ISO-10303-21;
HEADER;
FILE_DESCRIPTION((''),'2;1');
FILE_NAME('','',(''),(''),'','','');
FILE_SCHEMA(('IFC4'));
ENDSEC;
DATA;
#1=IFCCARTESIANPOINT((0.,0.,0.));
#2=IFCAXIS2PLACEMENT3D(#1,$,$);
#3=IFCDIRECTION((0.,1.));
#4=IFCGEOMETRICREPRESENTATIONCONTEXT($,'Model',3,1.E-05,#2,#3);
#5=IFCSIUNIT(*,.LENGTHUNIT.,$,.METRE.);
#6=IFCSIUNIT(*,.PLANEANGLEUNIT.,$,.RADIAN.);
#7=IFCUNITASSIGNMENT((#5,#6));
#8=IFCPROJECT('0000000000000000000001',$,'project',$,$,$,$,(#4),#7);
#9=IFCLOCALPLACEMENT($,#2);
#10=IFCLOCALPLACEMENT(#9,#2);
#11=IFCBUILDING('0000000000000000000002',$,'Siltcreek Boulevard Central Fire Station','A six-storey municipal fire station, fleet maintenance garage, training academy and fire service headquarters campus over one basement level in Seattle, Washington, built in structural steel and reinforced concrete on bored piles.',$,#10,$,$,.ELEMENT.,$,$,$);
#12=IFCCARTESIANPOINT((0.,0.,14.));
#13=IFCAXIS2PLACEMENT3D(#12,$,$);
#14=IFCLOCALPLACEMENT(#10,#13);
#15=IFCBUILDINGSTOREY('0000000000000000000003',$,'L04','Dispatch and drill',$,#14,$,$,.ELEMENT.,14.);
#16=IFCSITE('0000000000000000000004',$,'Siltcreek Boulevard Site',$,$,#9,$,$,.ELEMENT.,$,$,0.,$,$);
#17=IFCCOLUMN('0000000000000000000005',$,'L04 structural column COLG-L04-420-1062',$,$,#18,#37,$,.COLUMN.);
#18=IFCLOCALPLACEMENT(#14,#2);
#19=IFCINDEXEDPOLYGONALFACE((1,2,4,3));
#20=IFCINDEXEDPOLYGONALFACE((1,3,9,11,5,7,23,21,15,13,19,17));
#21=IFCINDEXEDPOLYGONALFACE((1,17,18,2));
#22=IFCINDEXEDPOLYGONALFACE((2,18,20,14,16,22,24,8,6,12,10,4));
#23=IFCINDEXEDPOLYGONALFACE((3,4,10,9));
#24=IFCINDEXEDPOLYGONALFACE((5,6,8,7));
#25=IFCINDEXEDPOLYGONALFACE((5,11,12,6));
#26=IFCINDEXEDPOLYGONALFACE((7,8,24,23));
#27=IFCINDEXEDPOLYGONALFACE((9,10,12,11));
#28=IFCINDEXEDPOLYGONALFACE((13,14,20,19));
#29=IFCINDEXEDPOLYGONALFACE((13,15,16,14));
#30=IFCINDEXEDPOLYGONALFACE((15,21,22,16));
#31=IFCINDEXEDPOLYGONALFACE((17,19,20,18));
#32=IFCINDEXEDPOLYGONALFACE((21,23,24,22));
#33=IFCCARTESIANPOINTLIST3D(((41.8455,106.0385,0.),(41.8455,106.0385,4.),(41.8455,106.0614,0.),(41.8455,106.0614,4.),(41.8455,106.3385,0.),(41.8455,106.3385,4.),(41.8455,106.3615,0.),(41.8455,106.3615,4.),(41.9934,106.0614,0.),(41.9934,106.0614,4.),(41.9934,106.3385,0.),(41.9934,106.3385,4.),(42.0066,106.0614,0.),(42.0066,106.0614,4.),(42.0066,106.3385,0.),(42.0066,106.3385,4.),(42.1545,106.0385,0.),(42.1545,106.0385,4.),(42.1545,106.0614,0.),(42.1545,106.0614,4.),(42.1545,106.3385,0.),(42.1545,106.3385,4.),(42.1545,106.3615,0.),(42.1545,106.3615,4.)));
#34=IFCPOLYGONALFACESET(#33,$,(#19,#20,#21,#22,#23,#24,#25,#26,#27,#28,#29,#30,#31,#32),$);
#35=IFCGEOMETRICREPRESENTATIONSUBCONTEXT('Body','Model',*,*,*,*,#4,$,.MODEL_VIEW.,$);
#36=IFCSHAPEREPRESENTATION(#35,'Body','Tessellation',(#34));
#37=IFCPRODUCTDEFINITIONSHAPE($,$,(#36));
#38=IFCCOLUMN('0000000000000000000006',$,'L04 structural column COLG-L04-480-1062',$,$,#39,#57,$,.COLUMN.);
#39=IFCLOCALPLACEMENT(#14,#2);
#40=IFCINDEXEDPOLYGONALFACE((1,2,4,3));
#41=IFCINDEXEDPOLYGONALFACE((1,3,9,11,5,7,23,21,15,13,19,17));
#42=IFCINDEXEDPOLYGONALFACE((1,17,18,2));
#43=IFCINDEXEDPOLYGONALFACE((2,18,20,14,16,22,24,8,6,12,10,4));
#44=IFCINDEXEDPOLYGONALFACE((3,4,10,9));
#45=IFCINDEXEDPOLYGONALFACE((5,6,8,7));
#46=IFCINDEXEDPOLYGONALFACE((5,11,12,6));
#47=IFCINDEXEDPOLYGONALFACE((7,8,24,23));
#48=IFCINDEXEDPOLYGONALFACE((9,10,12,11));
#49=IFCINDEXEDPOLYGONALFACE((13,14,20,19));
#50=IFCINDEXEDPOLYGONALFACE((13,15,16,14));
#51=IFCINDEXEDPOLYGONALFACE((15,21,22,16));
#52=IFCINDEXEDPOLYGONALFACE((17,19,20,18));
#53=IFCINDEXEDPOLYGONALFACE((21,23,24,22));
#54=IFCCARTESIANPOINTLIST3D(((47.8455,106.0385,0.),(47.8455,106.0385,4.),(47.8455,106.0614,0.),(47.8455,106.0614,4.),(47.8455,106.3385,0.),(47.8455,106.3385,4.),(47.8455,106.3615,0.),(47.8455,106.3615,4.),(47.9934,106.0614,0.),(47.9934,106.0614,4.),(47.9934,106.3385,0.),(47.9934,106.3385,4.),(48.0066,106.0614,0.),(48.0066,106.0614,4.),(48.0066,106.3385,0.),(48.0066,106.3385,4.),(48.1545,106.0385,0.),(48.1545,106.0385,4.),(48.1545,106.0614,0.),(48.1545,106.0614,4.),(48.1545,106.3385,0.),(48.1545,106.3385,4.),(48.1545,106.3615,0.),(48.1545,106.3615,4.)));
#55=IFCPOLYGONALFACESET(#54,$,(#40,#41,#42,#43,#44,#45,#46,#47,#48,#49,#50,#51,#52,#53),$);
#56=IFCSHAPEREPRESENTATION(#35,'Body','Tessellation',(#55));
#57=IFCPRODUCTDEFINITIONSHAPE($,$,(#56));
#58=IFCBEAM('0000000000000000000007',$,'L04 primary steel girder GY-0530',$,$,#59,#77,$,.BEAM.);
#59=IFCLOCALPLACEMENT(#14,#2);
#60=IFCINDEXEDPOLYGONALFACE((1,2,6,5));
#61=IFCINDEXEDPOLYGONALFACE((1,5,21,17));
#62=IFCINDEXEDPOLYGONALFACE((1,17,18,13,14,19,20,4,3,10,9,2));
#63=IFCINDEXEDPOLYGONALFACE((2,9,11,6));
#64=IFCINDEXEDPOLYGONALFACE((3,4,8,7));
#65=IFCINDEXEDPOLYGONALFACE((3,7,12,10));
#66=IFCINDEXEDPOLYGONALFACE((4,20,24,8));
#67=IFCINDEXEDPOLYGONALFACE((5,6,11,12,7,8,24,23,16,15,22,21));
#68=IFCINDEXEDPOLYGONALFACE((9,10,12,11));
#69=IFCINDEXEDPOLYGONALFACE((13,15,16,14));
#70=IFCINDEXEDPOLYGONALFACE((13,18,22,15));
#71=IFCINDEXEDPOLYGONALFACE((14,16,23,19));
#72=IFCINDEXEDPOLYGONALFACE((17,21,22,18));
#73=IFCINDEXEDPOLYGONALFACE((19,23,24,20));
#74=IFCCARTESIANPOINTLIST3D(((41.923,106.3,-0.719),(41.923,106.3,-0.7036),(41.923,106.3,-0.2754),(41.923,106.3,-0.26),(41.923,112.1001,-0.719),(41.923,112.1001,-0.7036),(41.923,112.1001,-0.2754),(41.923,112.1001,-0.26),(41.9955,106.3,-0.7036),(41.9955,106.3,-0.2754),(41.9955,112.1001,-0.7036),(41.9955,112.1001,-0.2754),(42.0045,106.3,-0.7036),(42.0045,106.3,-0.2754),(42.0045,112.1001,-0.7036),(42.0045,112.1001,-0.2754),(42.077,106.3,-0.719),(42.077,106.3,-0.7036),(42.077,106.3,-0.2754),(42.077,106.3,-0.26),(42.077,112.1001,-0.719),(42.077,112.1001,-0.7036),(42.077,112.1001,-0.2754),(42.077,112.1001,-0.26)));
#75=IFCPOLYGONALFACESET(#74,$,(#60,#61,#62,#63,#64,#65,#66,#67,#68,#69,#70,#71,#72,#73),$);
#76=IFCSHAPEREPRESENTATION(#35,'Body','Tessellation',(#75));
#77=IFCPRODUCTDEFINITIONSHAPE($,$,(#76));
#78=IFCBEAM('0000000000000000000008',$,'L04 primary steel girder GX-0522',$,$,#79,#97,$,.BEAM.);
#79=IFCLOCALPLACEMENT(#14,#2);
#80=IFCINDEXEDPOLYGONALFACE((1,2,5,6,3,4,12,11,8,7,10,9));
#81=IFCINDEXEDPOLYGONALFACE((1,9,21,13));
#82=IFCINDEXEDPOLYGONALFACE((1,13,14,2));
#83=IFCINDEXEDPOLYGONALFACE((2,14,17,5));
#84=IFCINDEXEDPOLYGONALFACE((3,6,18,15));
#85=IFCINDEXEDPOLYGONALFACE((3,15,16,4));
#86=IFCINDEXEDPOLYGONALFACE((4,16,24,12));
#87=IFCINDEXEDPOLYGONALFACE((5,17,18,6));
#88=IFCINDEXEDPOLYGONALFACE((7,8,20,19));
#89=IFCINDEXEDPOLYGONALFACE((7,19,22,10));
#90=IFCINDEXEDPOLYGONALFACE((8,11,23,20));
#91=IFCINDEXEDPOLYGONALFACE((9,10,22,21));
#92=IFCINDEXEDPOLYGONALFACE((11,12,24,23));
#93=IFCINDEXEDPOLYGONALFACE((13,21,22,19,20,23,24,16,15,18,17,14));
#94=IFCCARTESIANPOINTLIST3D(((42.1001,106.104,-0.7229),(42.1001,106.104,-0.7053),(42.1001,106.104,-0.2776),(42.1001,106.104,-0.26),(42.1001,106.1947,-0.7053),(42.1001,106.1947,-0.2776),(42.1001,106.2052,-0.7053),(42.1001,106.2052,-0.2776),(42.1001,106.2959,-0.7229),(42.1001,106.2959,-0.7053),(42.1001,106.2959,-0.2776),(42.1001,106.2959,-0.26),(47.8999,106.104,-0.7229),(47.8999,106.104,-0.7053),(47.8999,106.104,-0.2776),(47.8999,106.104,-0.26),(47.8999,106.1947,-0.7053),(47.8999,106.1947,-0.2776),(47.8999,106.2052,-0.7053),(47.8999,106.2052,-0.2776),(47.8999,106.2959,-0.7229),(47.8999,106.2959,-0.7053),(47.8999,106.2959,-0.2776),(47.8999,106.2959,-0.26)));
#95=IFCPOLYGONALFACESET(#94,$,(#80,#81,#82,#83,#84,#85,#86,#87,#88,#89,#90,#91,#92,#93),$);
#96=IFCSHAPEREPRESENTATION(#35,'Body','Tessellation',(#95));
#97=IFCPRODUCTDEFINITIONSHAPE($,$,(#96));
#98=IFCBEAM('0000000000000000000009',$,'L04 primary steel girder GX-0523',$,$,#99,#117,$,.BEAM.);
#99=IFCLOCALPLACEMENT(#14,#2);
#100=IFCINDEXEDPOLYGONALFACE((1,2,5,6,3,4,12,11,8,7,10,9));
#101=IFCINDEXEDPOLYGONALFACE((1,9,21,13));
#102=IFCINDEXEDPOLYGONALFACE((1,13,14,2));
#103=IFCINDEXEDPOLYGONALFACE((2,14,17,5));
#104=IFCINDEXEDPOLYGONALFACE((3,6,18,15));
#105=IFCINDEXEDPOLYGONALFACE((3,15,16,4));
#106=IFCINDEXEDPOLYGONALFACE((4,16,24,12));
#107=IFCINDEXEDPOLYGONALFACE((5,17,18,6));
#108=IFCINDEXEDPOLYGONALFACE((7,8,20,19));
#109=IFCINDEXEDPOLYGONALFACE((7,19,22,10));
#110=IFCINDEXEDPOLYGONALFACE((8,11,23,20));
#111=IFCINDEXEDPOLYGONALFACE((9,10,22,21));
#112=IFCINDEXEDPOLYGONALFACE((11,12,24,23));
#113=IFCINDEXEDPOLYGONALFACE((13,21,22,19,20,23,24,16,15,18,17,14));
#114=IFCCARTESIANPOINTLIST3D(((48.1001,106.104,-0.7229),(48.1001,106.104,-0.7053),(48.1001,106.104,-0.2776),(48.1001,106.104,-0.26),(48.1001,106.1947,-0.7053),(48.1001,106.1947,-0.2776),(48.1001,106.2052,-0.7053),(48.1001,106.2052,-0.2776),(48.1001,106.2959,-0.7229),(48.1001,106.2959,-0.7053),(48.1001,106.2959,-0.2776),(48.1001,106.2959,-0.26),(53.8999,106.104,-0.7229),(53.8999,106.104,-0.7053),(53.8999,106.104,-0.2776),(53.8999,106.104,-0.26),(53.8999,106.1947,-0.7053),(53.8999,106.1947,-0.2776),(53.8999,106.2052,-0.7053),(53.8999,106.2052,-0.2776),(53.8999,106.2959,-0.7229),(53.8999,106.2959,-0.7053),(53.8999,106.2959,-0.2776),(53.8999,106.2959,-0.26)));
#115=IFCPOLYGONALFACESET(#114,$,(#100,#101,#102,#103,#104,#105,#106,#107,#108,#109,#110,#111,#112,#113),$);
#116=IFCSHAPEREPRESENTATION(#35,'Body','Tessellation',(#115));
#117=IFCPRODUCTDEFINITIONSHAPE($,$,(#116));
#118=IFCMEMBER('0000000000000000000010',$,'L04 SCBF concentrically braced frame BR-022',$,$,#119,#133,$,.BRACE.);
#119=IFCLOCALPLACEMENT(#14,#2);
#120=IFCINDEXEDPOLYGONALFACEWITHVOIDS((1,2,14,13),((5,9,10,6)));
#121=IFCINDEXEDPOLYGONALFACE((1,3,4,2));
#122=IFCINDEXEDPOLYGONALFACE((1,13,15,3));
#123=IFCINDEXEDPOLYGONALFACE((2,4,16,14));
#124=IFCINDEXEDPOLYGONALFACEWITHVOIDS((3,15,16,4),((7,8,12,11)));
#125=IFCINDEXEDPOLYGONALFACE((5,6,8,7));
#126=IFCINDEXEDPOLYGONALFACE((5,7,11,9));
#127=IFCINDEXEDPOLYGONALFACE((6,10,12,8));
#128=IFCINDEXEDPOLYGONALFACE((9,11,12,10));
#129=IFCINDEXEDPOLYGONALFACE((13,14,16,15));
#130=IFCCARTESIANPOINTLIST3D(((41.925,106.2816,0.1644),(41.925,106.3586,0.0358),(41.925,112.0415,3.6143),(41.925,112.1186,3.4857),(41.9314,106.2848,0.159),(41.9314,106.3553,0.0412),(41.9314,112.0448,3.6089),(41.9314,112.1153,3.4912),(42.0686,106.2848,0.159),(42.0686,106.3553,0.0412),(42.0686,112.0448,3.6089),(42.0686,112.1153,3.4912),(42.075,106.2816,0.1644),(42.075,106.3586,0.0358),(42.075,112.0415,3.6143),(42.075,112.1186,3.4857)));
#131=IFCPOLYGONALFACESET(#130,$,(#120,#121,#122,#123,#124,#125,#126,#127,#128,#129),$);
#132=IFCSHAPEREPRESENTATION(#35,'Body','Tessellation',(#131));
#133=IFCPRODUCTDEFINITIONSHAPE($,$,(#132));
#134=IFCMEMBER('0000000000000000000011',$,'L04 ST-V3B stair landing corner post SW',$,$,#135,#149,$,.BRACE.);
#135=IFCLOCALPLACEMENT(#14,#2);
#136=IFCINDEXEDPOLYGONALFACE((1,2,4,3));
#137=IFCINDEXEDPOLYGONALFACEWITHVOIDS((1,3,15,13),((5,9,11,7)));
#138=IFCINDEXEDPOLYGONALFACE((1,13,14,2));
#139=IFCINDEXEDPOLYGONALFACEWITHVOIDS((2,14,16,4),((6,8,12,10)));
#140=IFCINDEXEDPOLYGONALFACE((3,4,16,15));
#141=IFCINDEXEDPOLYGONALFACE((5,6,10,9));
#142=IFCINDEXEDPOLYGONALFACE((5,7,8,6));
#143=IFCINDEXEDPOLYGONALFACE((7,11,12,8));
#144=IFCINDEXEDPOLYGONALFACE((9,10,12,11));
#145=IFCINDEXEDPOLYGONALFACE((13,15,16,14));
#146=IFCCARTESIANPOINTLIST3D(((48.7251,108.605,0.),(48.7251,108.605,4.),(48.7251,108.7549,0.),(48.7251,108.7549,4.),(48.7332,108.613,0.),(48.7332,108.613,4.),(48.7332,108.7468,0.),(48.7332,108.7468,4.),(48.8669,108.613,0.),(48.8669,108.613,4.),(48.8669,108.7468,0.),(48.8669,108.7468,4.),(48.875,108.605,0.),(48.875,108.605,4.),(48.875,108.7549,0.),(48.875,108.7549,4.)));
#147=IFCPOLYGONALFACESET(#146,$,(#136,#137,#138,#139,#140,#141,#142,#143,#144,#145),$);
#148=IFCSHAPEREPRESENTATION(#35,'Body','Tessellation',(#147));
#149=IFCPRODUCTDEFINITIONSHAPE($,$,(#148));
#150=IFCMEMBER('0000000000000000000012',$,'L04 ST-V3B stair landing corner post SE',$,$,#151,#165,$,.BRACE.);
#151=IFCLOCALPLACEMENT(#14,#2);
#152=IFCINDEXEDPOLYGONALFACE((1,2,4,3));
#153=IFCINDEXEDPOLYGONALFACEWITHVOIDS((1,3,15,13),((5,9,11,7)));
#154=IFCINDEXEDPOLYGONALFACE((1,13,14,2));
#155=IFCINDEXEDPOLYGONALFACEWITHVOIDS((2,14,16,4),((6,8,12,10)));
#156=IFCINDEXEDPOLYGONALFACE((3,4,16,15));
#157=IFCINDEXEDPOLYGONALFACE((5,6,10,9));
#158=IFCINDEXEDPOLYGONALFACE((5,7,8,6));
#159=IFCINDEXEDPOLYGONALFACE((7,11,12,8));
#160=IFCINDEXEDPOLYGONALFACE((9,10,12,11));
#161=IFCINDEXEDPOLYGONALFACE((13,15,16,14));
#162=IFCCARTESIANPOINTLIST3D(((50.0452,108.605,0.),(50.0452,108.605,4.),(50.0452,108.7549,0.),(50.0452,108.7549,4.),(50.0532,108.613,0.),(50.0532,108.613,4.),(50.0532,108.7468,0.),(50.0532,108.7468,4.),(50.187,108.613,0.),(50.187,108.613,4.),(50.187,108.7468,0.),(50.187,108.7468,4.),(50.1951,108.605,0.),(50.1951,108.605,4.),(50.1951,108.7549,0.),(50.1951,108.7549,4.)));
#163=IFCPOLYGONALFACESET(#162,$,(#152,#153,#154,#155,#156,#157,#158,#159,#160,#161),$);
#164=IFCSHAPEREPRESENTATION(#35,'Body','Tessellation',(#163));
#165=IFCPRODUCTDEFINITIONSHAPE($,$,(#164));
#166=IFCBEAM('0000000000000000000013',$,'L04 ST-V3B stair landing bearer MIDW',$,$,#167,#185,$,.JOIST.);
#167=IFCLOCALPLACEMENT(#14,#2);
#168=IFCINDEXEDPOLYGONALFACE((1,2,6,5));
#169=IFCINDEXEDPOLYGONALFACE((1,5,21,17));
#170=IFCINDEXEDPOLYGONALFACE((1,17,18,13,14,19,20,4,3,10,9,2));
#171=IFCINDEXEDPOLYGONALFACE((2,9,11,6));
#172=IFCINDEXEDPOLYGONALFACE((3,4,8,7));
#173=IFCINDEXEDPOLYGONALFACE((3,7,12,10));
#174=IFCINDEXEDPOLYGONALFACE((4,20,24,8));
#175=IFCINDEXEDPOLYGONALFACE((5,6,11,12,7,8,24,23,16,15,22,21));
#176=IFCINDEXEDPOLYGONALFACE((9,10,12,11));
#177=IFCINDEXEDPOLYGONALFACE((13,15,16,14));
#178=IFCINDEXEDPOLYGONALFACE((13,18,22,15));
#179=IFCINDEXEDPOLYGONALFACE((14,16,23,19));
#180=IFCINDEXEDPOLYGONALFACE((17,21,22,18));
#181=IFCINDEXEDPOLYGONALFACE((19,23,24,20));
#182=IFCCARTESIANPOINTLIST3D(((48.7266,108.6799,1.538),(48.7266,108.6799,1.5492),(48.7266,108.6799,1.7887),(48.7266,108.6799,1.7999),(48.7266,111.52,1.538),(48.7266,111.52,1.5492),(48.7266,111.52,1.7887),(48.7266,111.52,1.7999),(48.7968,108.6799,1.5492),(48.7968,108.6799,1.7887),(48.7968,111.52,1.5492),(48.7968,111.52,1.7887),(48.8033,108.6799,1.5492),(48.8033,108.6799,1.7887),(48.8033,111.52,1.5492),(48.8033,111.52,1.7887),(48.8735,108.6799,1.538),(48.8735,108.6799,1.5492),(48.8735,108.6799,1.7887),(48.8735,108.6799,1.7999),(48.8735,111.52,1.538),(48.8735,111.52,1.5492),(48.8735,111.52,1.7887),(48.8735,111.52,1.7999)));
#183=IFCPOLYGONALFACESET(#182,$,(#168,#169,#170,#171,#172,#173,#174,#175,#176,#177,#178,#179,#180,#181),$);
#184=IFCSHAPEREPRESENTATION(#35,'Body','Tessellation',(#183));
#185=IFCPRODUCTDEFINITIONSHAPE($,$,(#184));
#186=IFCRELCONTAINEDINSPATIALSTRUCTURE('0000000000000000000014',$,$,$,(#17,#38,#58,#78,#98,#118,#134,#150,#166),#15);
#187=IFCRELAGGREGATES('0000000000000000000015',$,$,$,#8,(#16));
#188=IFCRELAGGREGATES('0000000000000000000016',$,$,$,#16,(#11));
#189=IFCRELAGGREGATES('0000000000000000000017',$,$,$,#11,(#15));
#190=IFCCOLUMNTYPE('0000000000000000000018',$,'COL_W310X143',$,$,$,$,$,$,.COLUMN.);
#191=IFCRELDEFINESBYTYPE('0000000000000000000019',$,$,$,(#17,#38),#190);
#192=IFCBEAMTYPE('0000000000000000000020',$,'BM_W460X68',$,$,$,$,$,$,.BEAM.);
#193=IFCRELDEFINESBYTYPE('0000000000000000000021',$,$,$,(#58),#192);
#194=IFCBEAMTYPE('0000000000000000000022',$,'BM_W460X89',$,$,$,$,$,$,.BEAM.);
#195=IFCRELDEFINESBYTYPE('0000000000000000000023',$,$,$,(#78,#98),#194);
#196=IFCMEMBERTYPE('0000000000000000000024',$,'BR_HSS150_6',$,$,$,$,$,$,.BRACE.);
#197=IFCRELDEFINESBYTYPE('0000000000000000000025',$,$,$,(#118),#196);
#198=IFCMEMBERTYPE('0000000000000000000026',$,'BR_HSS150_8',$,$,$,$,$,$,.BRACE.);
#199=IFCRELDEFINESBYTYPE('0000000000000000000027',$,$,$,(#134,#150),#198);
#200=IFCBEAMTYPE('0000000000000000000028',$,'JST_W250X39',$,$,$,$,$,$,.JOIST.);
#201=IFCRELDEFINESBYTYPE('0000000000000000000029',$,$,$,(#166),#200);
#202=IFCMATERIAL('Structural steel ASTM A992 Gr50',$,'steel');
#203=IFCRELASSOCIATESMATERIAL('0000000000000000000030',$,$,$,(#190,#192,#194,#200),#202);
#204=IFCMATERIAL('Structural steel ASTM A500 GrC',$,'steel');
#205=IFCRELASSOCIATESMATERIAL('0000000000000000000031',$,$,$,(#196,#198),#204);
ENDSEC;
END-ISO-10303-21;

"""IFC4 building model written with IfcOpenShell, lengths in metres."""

from ifc_helpers import new_model, si_unit, direction, frame, origin, origin_2d, place, context, subcontext, project, spatial, hollow_rectangle, i_section, extrude, material, material_profile, profile_set, type_object, element, save


model = new_model("IFC4")

# Units and contexts
model_context = context("Model", 3, precision=1e-05, world=origin(), true_north=direction((0.0, 1.0)))
body_context = subcontext(model_context, "Body", "Model", "MODEL_VIEW")
ifc_project = project(units=[si_unit("LENGTHUNIT", "METRE"), si_unit("PLANEANGLEUNIT", "RADIAN")], contexts=[model_context])

# Site, building, storey
site_placement = place(None, origin())
site = spatial("IfcSite", under=ifc_project, at=site_placement, Name="Siltcreek Boulevard Site", CompositionType="ELEMENT", RefElevation=0.0)
building_placement = place(site_placement, origin())
building = spatial("IfcBuilding", under=site, at=building_placement, Name="Siltcreek Boulevard Central Fire Station", Description="A six-storey municipal fire station, fleet maintenance garage, training academy and fire service headquarters campus over one basement level in Seattle, Washington, built in structural steel and reinforced concrete on bored piles.", CompositionType="ELEMENT")
storey_placement = place(building_placement, frame((0.0, 0.0, 14.0)))
storey = spatial("IfcBuildingStorey", under=building, at=storey_placement, Name="L04", Description="Dispatch and drill", CompositionType="ELEMENT", Elevation=14.0)

# Columns
ifc_material_1 = material(Name="Structural steel ASTM A992 Gr50", Category="steel")
ifc_material_profile_1 = material_profile(ifc_material_1, i_section(OverallWidth=0.3091, OverallDepth=0.323, WebThickness=0.0132, FlangeThickness=0.0229, at=origin_2d()), Name="W310X143")
ifc_profile_set_1 = profile_set([ifc_material_profile_1], Name="Structural steel ASTM A992 Gr50")
column_type = type_object("IfcColumnType", Name="COL_W310X143", PredefinedType="COLUMN", material=ifc_profile_set_1)
for number, where, z_axis, x_axis, name in (
    (1, (42.0, 106.2, 0.0), (0.0, 0.0, 1.0), (1.0, 0.0, 0.0), "L04 structural column COLG-L04-420-1062"),
    (2, (48.0, 106.2, 0.0), (0.0, 0.0, 1.0), (1.0, 0.0, 0.0), "L04 structural column COLG-L04-480-1062"),
):
    element("IfcColumn", number, at=place(storey_placement, frame(where, z_axis=z_axis, x_axis=x_axis)), inside=storey, type_object=column_type, Name=name, PredefinedType="COLUMN", context=body_context, shape_type="SweptSolid", body=[
        extrude(i_section(OverallWidth=0.3091, OverallDepth=0.323, WebThickness=0.0132, FlangeThickness=0.0229, at=origin_2d()), origin(), (0.0, 0.0, 1.0), 4.0),
    ])

# Beams
ifc_material_profile_2 = material_profile(ifc_material_1, i_section(OverallWidth=0.1541, OverallDepth=0.459, WebThickness=0.009, FlangeThickness=0.0154, at=origin_2d()), Name="W460X68")
ifc_profile_set_2 = profile_set([ifc_material_profile_2], Name="Structural steel ASTM A992 Gr50")
beam_type_1 = type_object("IfcBeamType", Name="BM_W460X68", PredefinedType="BEAM", material=ifc_profile_set_2)
beam_1_placement = place(storey_placement, frame((42.0, 106.3, -0.4895), z_axis=(0.0, 1.0, 0.0), x_axis=(-1.0, 0.0, 0.0)))
element("IfcBeam", 3, at=beam_1_placement, inside=storey, type_object=beam_type_1, Name="L04 primary steel girder GY-0530", PredefinedType="BEAM", context=body_context, shape_type="SweptSolid", body=[
    extrude(i_section(OverallWidth=0.1541, OverallDepth=0.459, WebThickness=0.009, FlangeThickness=0.0154, at=origin_2d()), origin(), (0.0, 0.0, 1.0), 5.8),
])
ifc_material_profile_3 = material_profile(ifc_material_1, i_section(OverallWidth=0.1919, OverallDepth=0.4629, WebThickness=0.0105, FlangeThickness=0.0176, at=origin_2d()), Name="W460X89")
ifc_profile_set_3 = profile_set([ifc_material_profile_3], Name="Structural steel ASTM A992 Gr50")
beam_type_2 = type_object("IfcBeamType", Name="BM_W460X89", PredefinedType="BEAM", material=ifc_profile_set_3)
for number, where, z_axis, x_axis, name in (
    (4, (42.1001, 106.2, -0.4915), (1.0, 0.0, 0.0), (0.0, 1.0, 0.0), "L04 primary steel girder GX-0522"),
    (5, (48.1001, 106.2, -0.4915), (1.0, 0.0, 0.0), (0.0, 1.0, 0.0), "L04 primary steel girder GX-0523"),
):
    element("IfcBeam", number, at=place(storey_placement, frame(where, z_axis=z_axis, x_axis=x_axis)), inside=storey, type_object=beam_type_2, Name=name, PredefinedType="BEAM", context=body_context, shape_type="SweptSolid", body=[
        extrude(i_section(OverallWidth=0.1919, OverallDepth=0.4629, WebThickness=0.0105, FlangeThickness=0.0176, at=origin_2d()), origin(), (0.0, 0.0, 1.0), 5.7998),
    ])

# Members
ifc_material_2 = material(Name="Structural steel ASTM A500 GrC", Category="steel")
ifc_material_profile_4 = material_profile(ifc_material_2, hollow_rectangle(XDim=0.1499, YDim=0.1499, WallThickness=0.0063, at=origin_2d()), Name="HSS150X150X6.4")
ifc_profile_set_4 = profile_set([ifc_material_profile_4], Name="Structural steel ASTM A500 GrC")
member_type_1 = type_object("IfcMemberType", Name="BR_HSS150_6", PredefinedType="BRACE", material=ifc_profile_set_4)
member_placement = place(storey_placement, frame((42.0, 106.3201, 0.1001), z_axis=(0.0, 0.857891, 0.513833), x_axis=(-1.0, 0.0, 0.0)))
element("IfcMember", 6, at=member_placement, inside=storey, type_object=member_type_1, Name="L04 SCBF concentrically braced frame BR-022", PredefinedType="BRACE", context=body_context, shape_type="SweptSolid", body=[
    extrude(hollow_rectangle(XDim=0.1499, YDim=0.1499, WallThickness=0.0063, at=origin_2d()), origin(), (0.0, 0.0, 1.0), 6.7141),
])
ifc_material_profile_5 = material_profile(ifc_material_2, hollow_rectangle(XDim=0.1499, YDim=0.1499, WallThickness=0.0081, at=origin_2d()), Name="HSS150X150X8.0")
ifc_profile_set_5 = profile_set([ifc_material_profile_5], Name="Structural steel ASTM A500 GrC")
member_type_2 = type_object("IfcMemberType", Name="BR_HSS150_8", PredefinedType="BRACE", material=ifc_profile_set_5)
for number, where, z_axis, x_axis, name in (
    (7, (48.8, 108.6799, 0.0), (0.0, 0.0, 1.0), (1.0, 0.0, 0.0), "L04 ST-V3B stair landing corner post SW"),
    (8, (50.1201, 108.6799, 0.0), (0.0, 0.0, 1.0), (1.0, 0.0, 0.0), "L04 ST-V3B stair landing corner post SE"),
):
    element("IfcMember", number, at=place(storey_placement, frame(where, z_axis=z_axis, x_axis=x_axis)), inside=storey, type_object=member_type_2, Name=name, PredefinedType="BRACE", context=body_context, shape_type="SweptSolid", body=[
        extrude(hollow_rectangle(XDim=0.1499, YDim=0.1499, WallThickness=0.0081, at=origin_2d()), origin(), (0.0, 0.0, 1.0), 4.0),
    ])

# Beam
ifc_material_profile_6 = material_profile(ifc_material_1, i_section(OverallWidth=0.147, OverallDepth=0.262, WebThickness=0.0066, FlangeThickness=0.0112, at=origin_2d()), Name="W250X39")
ifc_profile_set_6 = profile_set([ifc_material_profile_6], Name="Structural steel ASTM A992 Gr50")
beam_type_3 = type_object("IfcBeamType", Name="JST_W250X39", PredefinedType="JOIST", material=ifc_profile_set_6)
for number, where, z_axis, x_axis, name in (
    (9, (48.8, 108.6799, 1.6689), (0.0, 1.0, 0.0), (-1.0, 0.0, 0.0), "L04 ST-V3B stair landing bearer MIDW"),
):
    element("IfcBeam", number, at=place(storey_placement, frame(where, z_axis=z_axis, x_axis=x_axis)), inside=storey, type_object=beam_type_3, Name=name, PredefinedType="JOIST", context=body_context, shape_type="SweptSolid", body=[
        extrude(i_section(OverallWidth=0.147, OverallDepth=0.262, WebThickness=0.0066, FlangeThickness=0.0112, at=origin_2d()), origin(), (0.0, 0.0, 1.0), 2.8401),
    ])

save(model, "model.ifc")
